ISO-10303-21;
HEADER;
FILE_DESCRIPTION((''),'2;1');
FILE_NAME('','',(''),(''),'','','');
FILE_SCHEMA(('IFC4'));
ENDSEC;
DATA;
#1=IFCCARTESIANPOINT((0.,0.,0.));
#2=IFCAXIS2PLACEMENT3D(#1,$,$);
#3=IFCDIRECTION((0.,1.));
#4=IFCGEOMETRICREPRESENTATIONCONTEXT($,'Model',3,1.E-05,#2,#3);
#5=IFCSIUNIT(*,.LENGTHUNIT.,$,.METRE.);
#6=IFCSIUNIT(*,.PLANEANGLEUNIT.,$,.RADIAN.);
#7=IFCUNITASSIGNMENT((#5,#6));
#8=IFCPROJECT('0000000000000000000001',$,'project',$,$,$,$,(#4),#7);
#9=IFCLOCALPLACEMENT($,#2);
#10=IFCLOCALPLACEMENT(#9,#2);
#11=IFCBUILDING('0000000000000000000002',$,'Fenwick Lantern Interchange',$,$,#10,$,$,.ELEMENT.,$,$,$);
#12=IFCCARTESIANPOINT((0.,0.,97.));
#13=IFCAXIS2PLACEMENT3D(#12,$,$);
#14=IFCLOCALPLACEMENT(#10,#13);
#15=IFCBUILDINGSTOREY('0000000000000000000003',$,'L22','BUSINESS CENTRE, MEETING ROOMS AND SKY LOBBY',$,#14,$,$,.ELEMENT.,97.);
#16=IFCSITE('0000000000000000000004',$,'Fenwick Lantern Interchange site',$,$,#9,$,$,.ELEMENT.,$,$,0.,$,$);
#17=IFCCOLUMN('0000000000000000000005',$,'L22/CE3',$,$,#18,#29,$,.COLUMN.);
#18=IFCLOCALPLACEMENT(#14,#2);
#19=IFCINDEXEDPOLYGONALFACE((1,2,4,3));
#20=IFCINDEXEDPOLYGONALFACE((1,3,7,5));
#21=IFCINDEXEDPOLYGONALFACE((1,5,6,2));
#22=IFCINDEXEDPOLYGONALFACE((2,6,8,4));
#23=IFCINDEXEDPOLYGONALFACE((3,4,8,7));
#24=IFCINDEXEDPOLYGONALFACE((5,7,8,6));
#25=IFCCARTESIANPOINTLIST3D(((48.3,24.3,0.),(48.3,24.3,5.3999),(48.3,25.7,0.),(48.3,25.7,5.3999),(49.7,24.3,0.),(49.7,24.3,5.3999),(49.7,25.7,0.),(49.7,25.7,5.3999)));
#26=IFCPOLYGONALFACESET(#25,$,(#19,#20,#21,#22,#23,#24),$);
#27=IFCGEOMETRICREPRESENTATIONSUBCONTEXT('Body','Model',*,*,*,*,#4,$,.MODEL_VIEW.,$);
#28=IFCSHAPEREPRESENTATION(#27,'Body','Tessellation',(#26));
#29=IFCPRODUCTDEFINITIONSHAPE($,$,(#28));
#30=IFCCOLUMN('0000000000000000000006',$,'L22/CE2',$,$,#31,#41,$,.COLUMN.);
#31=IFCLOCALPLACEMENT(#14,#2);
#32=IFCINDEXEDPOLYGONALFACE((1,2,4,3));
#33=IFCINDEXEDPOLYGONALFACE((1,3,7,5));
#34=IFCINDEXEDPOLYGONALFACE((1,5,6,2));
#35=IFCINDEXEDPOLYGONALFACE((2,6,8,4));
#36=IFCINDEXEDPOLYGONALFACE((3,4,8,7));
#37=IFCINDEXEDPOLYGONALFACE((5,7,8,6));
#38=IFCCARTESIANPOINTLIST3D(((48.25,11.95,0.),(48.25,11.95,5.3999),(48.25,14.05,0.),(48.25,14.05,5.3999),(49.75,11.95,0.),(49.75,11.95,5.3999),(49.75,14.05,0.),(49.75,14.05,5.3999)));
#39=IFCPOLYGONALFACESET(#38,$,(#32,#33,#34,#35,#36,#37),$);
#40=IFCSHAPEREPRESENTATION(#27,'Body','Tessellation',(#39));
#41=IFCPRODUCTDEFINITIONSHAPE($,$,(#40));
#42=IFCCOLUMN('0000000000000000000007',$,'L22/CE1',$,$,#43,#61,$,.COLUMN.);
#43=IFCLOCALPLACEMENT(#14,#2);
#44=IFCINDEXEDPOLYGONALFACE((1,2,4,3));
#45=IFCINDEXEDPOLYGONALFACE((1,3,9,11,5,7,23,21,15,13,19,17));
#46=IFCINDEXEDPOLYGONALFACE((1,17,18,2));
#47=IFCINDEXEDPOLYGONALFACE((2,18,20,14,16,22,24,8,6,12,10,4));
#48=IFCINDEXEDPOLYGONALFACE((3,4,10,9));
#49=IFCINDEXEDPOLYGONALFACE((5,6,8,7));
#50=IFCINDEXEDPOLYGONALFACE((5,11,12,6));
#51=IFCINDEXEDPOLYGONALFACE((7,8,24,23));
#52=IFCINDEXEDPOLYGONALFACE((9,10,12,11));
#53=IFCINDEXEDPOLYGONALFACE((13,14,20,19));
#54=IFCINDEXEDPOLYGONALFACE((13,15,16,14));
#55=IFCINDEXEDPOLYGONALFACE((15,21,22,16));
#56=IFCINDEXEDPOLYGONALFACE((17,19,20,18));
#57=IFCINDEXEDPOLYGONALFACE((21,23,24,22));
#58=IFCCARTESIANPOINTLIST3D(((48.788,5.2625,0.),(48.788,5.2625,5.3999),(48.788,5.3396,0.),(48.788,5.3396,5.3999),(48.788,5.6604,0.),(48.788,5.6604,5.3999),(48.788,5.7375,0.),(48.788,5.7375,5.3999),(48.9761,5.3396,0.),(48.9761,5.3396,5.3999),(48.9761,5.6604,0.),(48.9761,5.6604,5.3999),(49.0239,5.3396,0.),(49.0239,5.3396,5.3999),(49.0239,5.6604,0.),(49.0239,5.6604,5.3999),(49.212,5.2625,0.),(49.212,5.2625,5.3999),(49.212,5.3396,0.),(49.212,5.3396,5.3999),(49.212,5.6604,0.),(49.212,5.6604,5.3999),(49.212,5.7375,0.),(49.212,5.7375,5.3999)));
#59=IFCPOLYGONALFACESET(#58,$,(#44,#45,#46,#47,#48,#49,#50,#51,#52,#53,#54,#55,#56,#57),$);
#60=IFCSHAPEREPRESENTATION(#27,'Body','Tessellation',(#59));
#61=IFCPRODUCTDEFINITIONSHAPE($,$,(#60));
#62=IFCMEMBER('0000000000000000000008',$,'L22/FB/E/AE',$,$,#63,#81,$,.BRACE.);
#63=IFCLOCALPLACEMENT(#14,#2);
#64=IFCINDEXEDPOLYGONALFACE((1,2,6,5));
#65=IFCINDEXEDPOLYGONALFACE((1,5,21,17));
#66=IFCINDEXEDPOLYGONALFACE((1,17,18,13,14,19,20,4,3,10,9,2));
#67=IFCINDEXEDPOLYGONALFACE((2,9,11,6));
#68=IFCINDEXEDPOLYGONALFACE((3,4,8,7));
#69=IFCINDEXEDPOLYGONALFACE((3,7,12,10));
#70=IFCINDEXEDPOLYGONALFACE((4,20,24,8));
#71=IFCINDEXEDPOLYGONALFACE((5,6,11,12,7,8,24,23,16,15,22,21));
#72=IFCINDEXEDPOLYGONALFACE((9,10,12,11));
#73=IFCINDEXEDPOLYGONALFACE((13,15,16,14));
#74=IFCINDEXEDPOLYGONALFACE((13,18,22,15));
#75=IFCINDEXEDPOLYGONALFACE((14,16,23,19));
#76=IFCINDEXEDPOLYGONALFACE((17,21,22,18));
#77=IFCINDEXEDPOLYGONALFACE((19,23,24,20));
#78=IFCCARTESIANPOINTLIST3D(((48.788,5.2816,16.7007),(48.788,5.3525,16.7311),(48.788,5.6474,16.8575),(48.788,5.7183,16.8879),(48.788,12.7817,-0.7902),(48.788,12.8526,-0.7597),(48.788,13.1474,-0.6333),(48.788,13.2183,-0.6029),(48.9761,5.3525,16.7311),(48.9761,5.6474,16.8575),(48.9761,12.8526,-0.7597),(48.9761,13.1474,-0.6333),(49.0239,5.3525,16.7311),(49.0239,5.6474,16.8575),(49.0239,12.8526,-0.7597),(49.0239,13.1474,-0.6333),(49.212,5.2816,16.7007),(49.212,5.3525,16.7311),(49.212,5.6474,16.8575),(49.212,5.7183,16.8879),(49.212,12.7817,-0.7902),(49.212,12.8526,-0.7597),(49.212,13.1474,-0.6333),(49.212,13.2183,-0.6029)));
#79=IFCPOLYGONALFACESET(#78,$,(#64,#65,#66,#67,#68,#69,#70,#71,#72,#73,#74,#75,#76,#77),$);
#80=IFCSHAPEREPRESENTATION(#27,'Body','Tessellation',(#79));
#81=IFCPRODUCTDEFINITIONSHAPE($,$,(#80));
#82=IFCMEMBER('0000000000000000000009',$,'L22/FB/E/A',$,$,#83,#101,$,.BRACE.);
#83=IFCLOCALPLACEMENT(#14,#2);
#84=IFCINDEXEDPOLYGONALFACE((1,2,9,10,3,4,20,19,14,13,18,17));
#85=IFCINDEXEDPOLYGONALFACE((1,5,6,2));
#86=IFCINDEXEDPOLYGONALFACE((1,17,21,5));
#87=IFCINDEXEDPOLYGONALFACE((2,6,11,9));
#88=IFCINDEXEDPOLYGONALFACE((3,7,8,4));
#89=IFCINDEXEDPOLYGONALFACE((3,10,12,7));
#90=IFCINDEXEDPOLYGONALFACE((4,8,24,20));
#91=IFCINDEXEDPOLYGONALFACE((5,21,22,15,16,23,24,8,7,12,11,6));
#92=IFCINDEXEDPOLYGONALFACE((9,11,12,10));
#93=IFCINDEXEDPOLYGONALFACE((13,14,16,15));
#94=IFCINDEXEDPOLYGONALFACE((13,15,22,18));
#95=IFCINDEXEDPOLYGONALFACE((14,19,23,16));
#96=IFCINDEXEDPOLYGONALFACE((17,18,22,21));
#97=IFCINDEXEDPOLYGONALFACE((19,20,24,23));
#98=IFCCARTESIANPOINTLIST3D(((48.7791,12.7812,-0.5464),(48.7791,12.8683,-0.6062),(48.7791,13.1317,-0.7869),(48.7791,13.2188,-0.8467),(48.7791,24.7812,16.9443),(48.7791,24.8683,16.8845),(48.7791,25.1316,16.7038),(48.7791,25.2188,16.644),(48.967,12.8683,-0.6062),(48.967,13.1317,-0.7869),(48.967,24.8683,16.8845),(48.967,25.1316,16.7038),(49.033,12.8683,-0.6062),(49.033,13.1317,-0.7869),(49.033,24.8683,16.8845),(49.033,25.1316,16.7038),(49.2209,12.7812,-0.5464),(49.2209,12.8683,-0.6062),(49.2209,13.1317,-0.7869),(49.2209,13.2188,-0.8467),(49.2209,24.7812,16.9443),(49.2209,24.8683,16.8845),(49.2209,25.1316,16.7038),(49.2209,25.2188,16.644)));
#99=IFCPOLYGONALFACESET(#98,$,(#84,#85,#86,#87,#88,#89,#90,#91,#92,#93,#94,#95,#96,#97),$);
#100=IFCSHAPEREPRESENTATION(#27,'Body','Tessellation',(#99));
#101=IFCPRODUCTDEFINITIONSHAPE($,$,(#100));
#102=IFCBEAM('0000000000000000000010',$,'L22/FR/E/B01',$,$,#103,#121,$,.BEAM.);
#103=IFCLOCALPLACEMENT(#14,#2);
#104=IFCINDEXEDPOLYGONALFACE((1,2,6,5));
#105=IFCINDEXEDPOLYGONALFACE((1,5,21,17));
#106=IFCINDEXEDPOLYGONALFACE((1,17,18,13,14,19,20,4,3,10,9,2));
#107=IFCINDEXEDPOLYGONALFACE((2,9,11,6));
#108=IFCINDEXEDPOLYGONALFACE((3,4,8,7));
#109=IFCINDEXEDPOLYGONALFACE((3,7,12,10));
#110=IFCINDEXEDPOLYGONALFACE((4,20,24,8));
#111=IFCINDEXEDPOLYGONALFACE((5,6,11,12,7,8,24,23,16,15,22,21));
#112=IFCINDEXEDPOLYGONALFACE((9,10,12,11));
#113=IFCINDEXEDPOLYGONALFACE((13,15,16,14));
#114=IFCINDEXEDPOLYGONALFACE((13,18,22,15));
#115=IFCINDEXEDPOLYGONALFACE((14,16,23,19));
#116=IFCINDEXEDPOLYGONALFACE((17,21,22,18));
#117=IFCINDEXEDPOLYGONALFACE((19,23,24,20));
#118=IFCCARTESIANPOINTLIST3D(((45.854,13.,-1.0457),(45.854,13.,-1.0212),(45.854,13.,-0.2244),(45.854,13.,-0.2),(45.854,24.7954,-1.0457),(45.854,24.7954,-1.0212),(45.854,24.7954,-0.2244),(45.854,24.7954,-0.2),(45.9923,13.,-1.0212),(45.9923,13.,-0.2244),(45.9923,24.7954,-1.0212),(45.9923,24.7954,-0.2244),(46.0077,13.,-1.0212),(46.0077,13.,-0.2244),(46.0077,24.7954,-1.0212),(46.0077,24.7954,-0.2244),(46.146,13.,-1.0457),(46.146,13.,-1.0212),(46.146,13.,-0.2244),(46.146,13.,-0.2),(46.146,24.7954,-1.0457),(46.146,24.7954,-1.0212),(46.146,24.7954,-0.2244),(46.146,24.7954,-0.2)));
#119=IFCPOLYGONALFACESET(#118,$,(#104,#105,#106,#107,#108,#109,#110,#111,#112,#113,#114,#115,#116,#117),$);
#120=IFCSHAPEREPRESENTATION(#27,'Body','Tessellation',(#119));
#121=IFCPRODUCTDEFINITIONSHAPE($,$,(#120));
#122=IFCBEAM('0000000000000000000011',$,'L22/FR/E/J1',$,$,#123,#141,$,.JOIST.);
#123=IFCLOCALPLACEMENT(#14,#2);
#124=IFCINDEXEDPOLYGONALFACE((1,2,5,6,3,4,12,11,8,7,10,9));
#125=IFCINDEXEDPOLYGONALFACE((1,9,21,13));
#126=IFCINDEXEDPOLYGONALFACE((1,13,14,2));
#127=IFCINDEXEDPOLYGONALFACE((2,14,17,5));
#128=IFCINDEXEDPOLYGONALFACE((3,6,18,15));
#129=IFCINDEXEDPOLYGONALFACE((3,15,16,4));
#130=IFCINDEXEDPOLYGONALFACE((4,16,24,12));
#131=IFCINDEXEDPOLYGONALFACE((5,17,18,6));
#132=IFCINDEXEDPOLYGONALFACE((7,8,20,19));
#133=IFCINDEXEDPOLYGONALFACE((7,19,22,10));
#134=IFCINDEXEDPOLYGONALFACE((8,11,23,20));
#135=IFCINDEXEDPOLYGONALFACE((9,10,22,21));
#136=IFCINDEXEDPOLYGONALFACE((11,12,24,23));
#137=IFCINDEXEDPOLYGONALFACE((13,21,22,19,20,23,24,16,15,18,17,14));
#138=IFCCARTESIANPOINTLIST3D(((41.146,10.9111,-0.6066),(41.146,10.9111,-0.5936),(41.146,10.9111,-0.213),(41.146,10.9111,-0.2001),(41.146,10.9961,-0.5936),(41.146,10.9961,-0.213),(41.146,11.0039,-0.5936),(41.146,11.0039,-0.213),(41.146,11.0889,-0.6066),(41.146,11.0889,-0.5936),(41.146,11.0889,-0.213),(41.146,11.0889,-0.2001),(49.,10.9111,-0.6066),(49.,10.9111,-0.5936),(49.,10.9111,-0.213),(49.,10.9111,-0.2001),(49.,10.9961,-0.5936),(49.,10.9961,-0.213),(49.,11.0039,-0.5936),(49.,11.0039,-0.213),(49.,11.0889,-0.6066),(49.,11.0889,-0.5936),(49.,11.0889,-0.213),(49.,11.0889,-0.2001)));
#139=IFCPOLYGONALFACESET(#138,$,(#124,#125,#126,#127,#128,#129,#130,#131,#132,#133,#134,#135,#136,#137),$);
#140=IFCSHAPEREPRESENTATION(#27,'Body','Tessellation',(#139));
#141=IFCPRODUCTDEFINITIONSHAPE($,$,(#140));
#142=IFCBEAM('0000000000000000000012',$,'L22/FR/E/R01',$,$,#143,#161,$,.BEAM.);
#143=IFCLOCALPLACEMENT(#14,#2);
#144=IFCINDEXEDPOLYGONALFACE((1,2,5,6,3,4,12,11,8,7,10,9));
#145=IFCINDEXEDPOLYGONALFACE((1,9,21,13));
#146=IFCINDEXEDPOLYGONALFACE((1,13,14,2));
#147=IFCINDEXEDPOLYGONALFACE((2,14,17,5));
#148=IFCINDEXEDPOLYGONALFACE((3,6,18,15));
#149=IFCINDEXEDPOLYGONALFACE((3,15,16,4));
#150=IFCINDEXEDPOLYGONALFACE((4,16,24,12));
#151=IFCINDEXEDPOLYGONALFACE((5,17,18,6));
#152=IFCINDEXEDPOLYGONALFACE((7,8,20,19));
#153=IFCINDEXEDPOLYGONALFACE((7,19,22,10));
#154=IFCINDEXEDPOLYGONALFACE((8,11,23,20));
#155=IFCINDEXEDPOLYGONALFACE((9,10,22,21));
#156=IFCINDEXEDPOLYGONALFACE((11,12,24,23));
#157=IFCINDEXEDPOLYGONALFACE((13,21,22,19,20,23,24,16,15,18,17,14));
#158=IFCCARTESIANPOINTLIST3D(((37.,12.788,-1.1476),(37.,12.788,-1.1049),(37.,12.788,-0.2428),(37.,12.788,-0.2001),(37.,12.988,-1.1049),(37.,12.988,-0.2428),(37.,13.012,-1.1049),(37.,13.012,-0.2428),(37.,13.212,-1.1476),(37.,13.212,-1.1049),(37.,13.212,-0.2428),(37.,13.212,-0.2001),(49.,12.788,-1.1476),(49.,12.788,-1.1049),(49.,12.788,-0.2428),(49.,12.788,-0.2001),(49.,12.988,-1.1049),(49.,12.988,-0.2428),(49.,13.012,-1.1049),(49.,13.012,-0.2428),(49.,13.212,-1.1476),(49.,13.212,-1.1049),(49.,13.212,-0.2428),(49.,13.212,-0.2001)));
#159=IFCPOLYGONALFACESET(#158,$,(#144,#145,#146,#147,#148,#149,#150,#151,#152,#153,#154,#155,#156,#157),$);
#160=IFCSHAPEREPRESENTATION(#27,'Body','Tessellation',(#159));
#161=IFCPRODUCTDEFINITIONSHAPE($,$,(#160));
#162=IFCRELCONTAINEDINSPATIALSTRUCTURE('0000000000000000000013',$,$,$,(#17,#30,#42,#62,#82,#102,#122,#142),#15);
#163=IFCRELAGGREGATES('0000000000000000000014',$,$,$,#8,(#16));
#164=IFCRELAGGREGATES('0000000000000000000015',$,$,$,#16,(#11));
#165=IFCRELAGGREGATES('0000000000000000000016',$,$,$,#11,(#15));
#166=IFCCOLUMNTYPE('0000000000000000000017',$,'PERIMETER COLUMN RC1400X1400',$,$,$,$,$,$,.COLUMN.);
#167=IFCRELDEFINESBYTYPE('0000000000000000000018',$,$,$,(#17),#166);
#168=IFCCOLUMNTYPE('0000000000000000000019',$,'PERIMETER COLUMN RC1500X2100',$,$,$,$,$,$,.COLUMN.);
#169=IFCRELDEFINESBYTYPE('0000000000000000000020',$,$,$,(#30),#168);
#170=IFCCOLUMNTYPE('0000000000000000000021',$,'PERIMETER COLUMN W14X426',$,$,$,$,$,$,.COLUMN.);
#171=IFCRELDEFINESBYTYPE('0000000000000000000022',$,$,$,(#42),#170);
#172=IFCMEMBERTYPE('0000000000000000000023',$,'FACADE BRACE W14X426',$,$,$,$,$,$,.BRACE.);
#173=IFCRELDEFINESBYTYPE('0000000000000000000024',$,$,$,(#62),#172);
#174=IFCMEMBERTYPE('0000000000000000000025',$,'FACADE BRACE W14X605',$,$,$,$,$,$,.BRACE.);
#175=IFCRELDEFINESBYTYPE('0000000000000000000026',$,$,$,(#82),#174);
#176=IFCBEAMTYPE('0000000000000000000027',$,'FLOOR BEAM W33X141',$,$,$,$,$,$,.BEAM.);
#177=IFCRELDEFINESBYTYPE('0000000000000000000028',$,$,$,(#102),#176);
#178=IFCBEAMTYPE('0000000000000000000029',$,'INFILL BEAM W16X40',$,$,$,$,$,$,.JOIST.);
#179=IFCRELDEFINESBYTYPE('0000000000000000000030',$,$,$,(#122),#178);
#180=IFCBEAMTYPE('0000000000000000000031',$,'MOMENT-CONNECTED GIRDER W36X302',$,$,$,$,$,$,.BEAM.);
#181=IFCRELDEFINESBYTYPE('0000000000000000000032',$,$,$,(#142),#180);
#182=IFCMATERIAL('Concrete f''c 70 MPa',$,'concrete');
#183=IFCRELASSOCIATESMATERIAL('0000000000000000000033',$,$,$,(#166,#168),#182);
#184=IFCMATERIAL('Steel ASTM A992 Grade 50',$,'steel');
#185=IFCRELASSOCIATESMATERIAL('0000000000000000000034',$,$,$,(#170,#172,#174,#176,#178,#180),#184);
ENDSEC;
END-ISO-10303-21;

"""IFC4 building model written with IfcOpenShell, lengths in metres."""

from ifc_helpers import new_model, si_unit, direction, frame, origin, origin_2d, place, context, subcontext, project, spatial, rectangle, i_section, extrude, material, material_profile, profile_set, type_object, element, save


model = new_model("IFC4")

# Units and contexts
model_context = context("Model", 3, precision=1e-05, world=origin(), true_north=direction((0.0, 1.0)))
body_context = subcontext(model_context, "Body", "Model", "MODEL_VIEW")
ifc_project = project(units=[si_unit("LENGTHUNIT", "METRE"), si_unit("PLANEANGLEUNIT", "RADIAN")], contexts=[model_context])

# Site, building, storey
site_placement = place(None, origin())
site = spatial("IfcSite", under=ifc_project, at=site_placement, Name="Fenwick Lantern Interchange site", CompositionType="ELEMENT", RefElevation=0.0)
building_placement = place(site_placement, origin())
building = spatial("IfcBuilding", under=site, at=building_placement, Name="Fenwick Lantern Interchange", CompositionType="ELEMENT")
storey_placement = place(building_placement, frame((0.0, 0.0, 97.0)))
storey = spatial("IfcBuildingStorey", under=building, at=storey_placement, Name="L22", Description="BUSINESS CENTRE, MEETING ROOMS AND SKY LOBBY", CompositionType="ELEMENT", Elevation=97.0)

# Columns
ifc_material_1 = material(Name="Concrete f'c 70 MPa", Category="concrete")
ifc_material_profile_1 = material_profile(ifc_material_1, rectangle(XDim=1.3999, YDim=1.3999, at=origin_2d()), Name="RC1400X1400")
ifc_profile_set_1 = profile_set([ifc_material_profile_1], Name="Concrete f'c 70 MPa")
column_type_1 = type_object("IfcColumnType", Name="PERIMETER COLUMN RC1400X1400", PredefinedType="COLUMN", material=ifc_profile_set_1)
column_1_placement = place(storey_placement, frame((49.0, 25.0, 0.0), z_axis=(0.0, 0.0, 1.0), x_axis=(1.0, 0.0, 0.0)))
element("IfcColumn", 1, at=column_1_placement, inside=storey, type_object=column_type_1, Name="L22/CE3", PredefinedType="COLUMN", context=body_context, shape_type="SweptSolid", body=[
    extrude(rectangle(XDim=1.3999, YDim=1.3999, at=origin_2d()), origin(), (0.0, 0.0, 1.0), 5.3999),
])
ifc_material_profile_2 = material_profile(ifc_material_1, rectangle(XDim=1.5, YDim=2.1001, at=origin_2d()), Name="RC1500X2100")
ifc_profile_set_2 = profile_set([ifc_material_profile_2], Name="Concrete f'c 70 MPa")
column_type_2 = type_object("IfcColumnType", Name="PERIMETER COLUMN RC1500X2100", PredefinedType="COLUMN", material=ifc_profile_set_2)
column_2_placement = place(storey_placement, frame((49.0, 13.0, 0.0), z_axis=(0.0, 0.0, 1.0), x_axis=(1.0, 0.0, 0.0)))
element("IfcColumn", 2, at=column_2_placement, inside=storey, type_object=column_type_2, Name="L22/CE2", PredefinedType="COLUMN", context=body_context, shape_type="SweptSolid", body=[
    extrude(rectangle(XDim=1.5, YDim=2.1001, at=origin_2d()), origin(), (0.0, 0.0, 1.0), 5.3999),
])
ifc_material_2 = material(Name="Steel ASTM A992 Grade 50", Category="steel")
ifc_material_profile_3 = material_profile(ifc_material_2, i_section(OverallWidth=0.4241, OverallDepth=0.4751, WebThickness=0.0479, FlangeThickness=0.0771, at=origin_2d()), Name="W14X426")
ifc_profile_set_3 = profile_set([ifc_material_profile_3], Name="Steel ASTM A992 Grade 50")
column_type_3 = type_object("IfcColumnType", Name="PERIMETER COLUMN W14X426", PredefinedType="COLUMN", material=ifc_profile_set_3)
column_3_placement = place(storey_placement, frame((49.0, 5.5, 0.0), z_axis=(0.0, 0.0, 1.0), x_axis=(1.0, 0.0, 0.0)))
element("IfcColumn", 3, at=column_3_placement, inside=storey, type_object=column_type_3, Name="L22/CE1", PredefinedType="COLUMN", context=body_context, shape_type="SweptSolid", body=[
    extrude(i_section(OverallWidth=0.4241, OverallDepth=0.4751, WebThickness=0.0479, FlangeThickness=0.0771, at=origin_2d()), origin(), (0.0, 0.0, 1.0), 5.3999),
])

# Members
ifc_material_profile_4 = material_profile(ifc_material_2, i_section(OverallWidth=0.4241, OverallDepth=0.4751, WebThickness=0.0479, FlangeThickness=0.0771, at=origin_2d()), Name="W14X426")
ifc_profile_set_4 = profile_set([ifc_material_profile_4], Name="Steel ASTM A992 Grade 50")
member_type_1 = type_object("IfcMemberType", Name="FACADE BRACE W14X426", PredefinedType="BRACE", material=ifc_profile_set_4)
member_1_placement = place(storey_placement, frame((49.0, 13.0, -0.6965), z_axis=(0.0, -0.394096, 0.919069), x_axis=(1.0, 0.0, 0.0)))
element("IfcMember", 4, at=member_1_placement, inside=storey, type_object=member_type_1, Name="L22/FB/E/AE", PredefinedType="BRACE", context=body_context, shape_type="SweptSolid", body=[
    extrude(i_section(OverallWidth=0.4241, OverallDepth=0.4751, WebThickness=0.0479, FlangeThickness=0.0771, at=origin_2d()), origin(), (0.0, 0.0, 1.0), 19.031),
])
ifc_material_profile_5 = material_profile(ifc_material_2, i_section(OverallWidth=0.4419, OverallDepth=0.5308, WebThickness=0.0659, FlangeThickness=0.1057, at=origin_2d()), Name="W14X605")
ifc_profile_set_5 = profile_set([ifc_material_profile_5], Name="Steel ASTM A992 Grade 50")
member_type_2 = type_object("IfcMemberType", Name="FACADE BRACE W14X605", PredefinedType="BRACE", material=ifc_profile_set_5)
member_2_placement = place(storey_placement, frame((49.0, 13.0, -0.6965), z_axis=(0.0, 0.565732, 0.824589), x_axis=(-1.0, 0.0, 0.0)))
element("IfcMember", 5, at=member_2_placement, inside=storey, type_object=member_type_2, Name="L22/FB/E/A", PredefinedType="BRACE", context=body_context, shape_type="SweptSolid", body=[
    extrude(i_section(OverallWidth=0.4419, OverallDepth=0.5308, WebThickness=0.0659, FlangeThickness=0.1057, at=origin_2d()), origin(), (0.0, 0.0, 1.0), 21.2114),
])

# Beams
ifc_material_profile_6 = material_profile(ifc_material_2, i_section(OverallWidth=0.292, OverallDepth=0.8457, WebThickness=0.0154, FlangeThickness=0.0244, at=origin_2d()), Name="W33X141")
ifc_profile_set_6 = profile_set([ifc_material_profile_6], Name="Steel ASTM A992 Grade 50")
beam_type_1 = type_object("IfcBeamType", Name="FLOOR BEAM W33X141", PredefinedType="BEAM", material=ifc_profile_set_6)
beam_1_placement = place(storey_placement, frame((46.0, 13.0, -0.6228), z_axis=(0.0, 1.0, 0.0), x_axis=(-1.0, 0.0, 0.0)))
element("IfcBeam", 6, at=beam_1_placement, inside=storey, type_object=beam_type_1, Name="L22/FR/E/B01", PredefinedType="BEAM", context=body_context, shape_type="SweptSolid", body=[
    extrude(i_section(OverallWidth=0.292, OverallDepth=0.8457, WebThickness=0.0154, FlangeThickness=0.0244, at=origin_2d()), origin(), (0.0, 0.0, 1.0), 11.7954),
])
ifc_material_profile_7 = material_profile(ifc_material_2, i_section(OverallWidth=0.1777, OverallDepth=0.4065, WebThickness=0.0078, FlangeThickness=0.0129, at=origin_2d()), Name="W16X40")
ifc_profile_set_7 = profile_set([ifc_material_profile_7], Name="Steel ASTM A992 Grade 50")
beam_type_2 = type_object("IfcBeamType", Name="INFILL BEAM W16X40", PredefinedType="JOIST", material=ifc_profile_set_7)
beam_2_placement = place(storey_placement, frame((49.0, 11.0, -0.4033), z_axis=(-1.0, 0.0, 0.0), x_axis=(0.0, -1.0, 0.0)))
element("IfcBeam", 7, at=beam_2_placement, inside=storey, type_object=beam_type_2, Name="L22/FR/E/J1", PredefinedType="JOIST", context=body_context, shape_type="SweptSolid", body=[
    extrude(i_section(OverallWidth=0.1777, OverallDepth=0.4065, WebThickness=0.0078, FlangeThickness=0.0129, at=origin_2d()), origin(), (0.0, 0.0, 1.0), 7.854),
])
ifc_material_profile_8 = material_profile(ifc_material_2, i_section(OverallWidth=0.4241, OverallDepth=0.9475, WebThickness=0.0239, FlangeThickness=0.0427, at=origin_2d()), Name="W36X302")
ifc_profile_set_8 = profile_set([ifc_material_profile_8], Name="Steel ASTM A992 Grade 50")
beam_type_3 = type_object("IfcBeamType", Name="MOMENT-CONNECTED GIRDER W36X302", PredefinedType="BEAM", material=ifc_profile_set_8)
beam_3_placement = place(storey_placement, frame((49.0, 13.0, -0.6738), z_axis=(-1.0, 0.0, 0.0), x_axis=(0.0, -1.0, 0.0)))
element("IfcBeam", 8, at=beam_3_placement, inside=storey, type_object=beam_type_3, Name="L22/FR/E/R01", PredefinedType="BEAM", context=body_context, shape_type="SweptSolid", body=[
    extrude(i_section(OverallWidth=0.4241, OverallDepth=0.9475, WebThickness=0.0239, FlangeThickness=0.0427, at=origin_2d()), origin(), (0.0, 0.0, 1.0), 12.0),
])

save(model, "model.ifc")
